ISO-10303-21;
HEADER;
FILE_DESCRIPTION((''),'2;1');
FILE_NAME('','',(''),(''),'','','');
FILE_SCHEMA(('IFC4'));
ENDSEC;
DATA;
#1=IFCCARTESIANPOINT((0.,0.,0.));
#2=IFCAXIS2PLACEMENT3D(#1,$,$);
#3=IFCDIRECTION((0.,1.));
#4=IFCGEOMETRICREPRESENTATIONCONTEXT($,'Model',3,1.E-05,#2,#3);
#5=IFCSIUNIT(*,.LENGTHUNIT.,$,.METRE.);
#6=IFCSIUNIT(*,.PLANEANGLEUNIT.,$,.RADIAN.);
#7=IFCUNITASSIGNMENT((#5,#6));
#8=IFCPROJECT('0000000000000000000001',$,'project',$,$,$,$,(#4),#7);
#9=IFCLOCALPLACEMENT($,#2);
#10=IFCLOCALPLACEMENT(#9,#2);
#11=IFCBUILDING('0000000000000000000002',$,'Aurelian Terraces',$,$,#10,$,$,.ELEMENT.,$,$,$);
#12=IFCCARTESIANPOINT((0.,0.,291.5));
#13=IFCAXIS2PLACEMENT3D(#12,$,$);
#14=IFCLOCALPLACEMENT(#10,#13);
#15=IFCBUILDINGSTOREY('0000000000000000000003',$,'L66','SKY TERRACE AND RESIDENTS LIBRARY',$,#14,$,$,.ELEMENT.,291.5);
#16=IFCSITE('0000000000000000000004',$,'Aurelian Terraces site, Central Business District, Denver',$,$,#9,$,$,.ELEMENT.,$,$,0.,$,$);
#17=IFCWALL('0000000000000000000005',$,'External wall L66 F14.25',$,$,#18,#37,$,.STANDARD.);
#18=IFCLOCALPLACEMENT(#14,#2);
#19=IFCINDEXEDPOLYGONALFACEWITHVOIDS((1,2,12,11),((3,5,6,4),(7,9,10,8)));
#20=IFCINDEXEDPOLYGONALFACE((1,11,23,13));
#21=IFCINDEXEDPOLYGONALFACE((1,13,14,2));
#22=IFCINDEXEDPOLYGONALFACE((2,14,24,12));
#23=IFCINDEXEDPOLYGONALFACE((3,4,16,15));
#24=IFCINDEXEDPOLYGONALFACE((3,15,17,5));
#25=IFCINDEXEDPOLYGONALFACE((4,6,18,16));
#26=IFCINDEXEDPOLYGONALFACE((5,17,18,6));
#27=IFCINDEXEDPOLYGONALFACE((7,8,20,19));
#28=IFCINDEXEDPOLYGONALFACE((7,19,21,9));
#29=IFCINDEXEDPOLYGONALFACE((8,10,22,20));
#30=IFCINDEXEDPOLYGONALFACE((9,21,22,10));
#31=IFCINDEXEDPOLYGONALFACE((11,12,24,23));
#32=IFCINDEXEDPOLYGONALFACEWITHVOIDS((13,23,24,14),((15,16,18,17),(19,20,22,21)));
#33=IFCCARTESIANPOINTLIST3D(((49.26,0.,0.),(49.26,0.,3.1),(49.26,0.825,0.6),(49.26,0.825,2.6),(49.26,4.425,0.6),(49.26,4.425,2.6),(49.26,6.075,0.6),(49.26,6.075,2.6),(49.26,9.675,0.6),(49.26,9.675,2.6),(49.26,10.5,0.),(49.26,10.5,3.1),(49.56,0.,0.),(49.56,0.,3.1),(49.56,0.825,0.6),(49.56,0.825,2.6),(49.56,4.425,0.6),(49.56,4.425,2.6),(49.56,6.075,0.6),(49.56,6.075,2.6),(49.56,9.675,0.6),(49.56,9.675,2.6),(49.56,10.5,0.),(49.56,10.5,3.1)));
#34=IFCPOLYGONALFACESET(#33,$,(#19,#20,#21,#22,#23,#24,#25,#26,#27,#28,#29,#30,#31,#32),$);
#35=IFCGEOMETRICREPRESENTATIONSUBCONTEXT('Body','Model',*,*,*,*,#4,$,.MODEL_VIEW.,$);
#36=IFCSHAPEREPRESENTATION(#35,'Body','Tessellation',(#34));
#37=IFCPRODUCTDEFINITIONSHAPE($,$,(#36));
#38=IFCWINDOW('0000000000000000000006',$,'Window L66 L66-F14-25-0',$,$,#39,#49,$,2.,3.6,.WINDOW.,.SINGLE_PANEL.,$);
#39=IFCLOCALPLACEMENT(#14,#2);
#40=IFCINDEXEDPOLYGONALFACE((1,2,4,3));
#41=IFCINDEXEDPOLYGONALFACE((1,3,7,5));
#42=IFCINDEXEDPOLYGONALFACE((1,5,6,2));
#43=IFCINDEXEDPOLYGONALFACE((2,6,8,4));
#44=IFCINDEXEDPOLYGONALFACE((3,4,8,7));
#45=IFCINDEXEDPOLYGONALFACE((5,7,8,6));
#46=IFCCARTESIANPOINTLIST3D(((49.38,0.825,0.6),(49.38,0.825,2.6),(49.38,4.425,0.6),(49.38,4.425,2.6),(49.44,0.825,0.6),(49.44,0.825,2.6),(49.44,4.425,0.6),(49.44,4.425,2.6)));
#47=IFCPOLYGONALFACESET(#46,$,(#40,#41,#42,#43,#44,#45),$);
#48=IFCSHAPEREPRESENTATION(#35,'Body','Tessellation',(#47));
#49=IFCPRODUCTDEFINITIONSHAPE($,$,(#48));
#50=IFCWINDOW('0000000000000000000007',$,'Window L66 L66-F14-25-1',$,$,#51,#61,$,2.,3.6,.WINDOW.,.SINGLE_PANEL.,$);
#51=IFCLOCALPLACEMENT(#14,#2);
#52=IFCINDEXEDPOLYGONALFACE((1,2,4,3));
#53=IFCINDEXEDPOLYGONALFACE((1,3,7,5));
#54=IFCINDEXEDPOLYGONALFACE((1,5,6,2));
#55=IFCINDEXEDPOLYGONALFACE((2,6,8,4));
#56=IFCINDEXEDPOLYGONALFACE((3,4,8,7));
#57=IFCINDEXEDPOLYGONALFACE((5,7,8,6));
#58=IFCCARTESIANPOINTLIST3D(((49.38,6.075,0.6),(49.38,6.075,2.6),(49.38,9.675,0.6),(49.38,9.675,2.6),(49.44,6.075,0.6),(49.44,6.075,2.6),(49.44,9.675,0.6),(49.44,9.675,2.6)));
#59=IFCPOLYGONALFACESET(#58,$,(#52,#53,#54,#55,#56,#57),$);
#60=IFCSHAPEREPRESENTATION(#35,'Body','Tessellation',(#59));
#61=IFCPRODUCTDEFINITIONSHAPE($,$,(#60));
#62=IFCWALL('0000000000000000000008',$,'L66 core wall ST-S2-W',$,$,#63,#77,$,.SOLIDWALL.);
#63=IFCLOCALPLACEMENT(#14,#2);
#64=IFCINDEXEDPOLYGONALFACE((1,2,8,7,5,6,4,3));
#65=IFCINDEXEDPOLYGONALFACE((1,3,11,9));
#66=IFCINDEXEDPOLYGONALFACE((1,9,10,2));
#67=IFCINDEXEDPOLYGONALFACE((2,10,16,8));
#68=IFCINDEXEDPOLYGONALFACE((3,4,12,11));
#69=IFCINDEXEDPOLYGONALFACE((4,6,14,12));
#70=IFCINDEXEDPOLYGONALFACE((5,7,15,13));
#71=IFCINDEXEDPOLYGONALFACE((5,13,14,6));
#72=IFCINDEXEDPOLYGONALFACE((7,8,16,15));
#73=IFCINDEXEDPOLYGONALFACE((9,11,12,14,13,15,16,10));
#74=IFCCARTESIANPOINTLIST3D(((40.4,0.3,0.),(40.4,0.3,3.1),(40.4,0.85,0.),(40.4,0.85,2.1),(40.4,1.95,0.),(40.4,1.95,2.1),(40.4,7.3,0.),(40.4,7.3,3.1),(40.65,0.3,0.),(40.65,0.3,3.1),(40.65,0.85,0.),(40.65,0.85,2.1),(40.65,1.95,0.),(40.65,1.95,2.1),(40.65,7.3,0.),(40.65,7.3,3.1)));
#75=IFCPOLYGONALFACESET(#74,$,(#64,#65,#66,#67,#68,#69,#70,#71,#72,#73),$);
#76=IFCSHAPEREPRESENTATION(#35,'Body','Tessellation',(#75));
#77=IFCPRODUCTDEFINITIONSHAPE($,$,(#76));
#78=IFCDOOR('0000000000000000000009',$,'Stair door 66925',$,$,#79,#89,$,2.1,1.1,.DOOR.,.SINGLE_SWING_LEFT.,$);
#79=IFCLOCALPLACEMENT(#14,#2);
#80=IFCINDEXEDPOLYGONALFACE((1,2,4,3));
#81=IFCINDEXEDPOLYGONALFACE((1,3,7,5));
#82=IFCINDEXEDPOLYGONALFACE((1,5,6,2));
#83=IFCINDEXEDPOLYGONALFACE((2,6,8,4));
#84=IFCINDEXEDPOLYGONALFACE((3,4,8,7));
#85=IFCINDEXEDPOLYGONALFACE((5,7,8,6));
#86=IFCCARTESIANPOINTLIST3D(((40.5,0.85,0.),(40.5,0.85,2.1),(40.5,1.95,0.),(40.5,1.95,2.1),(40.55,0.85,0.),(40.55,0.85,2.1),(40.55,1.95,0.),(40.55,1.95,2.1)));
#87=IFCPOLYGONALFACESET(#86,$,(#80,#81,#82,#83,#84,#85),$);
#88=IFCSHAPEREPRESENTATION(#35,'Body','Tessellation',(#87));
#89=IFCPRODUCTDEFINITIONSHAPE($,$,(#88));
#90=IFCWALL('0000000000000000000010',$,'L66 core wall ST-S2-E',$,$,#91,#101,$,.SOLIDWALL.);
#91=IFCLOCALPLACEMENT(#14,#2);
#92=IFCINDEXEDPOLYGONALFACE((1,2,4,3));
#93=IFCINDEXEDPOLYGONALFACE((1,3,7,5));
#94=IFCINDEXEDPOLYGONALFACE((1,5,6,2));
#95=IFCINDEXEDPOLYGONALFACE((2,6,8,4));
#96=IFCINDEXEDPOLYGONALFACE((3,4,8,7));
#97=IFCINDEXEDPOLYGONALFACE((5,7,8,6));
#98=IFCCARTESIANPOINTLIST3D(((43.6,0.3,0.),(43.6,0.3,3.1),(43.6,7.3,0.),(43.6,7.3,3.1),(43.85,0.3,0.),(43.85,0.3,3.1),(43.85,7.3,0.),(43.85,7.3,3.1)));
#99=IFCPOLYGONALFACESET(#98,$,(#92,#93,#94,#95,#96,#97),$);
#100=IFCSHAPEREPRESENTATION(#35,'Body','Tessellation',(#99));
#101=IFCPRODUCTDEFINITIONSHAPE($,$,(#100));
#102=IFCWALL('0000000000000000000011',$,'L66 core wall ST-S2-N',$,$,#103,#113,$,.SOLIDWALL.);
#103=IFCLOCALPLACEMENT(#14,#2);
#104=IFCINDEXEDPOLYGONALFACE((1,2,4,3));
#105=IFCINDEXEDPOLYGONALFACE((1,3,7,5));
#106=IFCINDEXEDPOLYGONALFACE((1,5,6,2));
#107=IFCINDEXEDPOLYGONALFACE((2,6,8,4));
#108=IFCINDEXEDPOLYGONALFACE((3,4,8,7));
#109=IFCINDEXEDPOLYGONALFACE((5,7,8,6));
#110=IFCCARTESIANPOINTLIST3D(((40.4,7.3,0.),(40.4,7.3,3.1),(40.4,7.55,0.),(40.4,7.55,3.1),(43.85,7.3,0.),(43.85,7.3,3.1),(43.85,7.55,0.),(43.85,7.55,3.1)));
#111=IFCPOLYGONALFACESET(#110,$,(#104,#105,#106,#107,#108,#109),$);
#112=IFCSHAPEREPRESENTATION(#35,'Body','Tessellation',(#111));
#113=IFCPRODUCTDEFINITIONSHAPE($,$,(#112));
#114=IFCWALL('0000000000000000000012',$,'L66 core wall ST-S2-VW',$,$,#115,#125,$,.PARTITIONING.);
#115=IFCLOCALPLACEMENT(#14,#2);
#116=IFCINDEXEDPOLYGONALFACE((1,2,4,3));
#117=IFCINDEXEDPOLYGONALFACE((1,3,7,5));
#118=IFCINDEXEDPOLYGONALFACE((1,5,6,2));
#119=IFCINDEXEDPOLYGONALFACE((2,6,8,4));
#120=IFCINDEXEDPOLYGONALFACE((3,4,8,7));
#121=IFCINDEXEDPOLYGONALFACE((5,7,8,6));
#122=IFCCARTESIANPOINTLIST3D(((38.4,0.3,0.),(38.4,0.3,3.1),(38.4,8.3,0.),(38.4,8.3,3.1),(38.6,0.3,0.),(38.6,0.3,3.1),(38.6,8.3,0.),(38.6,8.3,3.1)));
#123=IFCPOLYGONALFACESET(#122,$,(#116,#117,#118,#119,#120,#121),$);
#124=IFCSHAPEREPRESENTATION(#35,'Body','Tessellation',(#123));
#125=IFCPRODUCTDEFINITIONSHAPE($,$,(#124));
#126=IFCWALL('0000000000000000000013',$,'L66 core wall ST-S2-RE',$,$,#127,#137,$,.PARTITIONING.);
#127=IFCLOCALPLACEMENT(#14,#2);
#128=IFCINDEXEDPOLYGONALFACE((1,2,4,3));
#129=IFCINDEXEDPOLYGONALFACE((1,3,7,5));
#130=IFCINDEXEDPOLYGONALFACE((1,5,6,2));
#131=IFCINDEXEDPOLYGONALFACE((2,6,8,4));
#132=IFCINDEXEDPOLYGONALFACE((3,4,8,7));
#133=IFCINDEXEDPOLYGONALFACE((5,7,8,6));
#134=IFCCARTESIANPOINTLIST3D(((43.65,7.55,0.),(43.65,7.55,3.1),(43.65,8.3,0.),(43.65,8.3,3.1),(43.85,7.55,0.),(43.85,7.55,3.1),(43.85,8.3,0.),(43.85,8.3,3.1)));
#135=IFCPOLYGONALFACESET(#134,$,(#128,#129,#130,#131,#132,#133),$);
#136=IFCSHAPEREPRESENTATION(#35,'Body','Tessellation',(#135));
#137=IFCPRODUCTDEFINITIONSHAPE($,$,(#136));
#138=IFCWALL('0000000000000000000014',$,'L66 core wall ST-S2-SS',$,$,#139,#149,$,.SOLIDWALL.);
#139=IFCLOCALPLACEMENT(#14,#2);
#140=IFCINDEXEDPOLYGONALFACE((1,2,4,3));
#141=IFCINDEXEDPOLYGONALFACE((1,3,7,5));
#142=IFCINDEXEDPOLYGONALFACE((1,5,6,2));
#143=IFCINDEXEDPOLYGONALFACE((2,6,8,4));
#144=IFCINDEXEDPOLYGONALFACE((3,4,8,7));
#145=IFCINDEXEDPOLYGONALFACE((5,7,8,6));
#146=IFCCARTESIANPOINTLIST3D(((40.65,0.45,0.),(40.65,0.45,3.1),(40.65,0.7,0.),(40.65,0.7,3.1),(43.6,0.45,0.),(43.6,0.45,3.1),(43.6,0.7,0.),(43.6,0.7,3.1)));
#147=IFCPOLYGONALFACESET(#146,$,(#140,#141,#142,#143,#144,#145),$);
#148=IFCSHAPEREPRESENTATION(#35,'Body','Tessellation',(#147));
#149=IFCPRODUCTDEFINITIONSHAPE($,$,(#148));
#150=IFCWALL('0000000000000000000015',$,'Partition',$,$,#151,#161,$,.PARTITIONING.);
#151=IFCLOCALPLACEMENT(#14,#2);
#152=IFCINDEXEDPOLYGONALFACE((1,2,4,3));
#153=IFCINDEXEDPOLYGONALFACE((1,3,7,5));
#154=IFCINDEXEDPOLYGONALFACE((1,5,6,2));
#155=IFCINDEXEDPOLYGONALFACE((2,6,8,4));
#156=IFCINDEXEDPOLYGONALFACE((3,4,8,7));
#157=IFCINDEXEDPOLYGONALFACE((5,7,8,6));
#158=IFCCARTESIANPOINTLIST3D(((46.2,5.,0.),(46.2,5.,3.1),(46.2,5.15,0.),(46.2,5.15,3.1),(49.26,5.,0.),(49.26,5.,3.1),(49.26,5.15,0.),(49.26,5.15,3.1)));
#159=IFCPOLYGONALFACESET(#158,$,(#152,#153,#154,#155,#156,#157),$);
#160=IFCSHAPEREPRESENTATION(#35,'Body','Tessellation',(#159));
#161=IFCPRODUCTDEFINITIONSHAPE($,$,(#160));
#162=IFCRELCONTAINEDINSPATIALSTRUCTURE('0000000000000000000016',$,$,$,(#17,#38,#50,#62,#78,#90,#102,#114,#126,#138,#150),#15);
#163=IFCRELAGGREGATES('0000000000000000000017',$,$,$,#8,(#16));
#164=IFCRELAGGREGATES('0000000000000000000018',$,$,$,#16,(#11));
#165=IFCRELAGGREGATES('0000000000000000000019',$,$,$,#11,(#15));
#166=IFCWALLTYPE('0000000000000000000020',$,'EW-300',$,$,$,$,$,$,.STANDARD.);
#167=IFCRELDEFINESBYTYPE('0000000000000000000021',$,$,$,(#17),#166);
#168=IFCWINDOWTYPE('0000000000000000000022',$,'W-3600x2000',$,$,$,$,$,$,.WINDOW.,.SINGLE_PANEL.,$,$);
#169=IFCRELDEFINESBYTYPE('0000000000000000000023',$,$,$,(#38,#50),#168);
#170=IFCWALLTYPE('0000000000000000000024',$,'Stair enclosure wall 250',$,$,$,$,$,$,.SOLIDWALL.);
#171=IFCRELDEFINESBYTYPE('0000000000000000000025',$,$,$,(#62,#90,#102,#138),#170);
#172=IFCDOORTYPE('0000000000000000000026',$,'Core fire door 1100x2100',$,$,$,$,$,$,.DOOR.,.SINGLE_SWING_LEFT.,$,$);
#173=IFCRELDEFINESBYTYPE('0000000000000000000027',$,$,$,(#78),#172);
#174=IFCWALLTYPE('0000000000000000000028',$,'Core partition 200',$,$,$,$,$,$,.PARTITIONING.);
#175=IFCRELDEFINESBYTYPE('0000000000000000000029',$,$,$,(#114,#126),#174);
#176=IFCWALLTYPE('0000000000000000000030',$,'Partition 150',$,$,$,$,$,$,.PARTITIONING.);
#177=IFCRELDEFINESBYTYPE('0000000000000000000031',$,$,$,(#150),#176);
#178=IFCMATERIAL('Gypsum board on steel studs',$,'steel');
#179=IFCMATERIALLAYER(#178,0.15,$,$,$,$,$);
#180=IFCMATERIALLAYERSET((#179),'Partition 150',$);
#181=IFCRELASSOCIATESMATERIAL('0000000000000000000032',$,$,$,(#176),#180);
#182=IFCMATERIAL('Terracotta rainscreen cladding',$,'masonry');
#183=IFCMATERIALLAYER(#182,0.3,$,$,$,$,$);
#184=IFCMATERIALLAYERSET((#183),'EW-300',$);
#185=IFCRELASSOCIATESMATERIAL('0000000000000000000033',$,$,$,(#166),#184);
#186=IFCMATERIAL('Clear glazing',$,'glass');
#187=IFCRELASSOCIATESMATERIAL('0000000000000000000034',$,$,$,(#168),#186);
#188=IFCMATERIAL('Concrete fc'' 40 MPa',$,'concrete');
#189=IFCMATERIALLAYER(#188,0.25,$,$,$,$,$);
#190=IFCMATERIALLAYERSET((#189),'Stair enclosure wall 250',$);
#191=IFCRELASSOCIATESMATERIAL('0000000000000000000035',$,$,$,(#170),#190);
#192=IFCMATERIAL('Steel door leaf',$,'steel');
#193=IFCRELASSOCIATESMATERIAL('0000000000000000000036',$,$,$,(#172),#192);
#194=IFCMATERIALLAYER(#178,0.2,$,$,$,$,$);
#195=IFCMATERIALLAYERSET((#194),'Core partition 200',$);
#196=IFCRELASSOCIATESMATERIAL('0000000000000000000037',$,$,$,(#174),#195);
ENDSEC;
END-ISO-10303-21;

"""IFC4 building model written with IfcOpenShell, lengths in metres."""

from ifc_helpers import new_model, si_unit, direction, frame, frame_2d, origin, place, context, subcontext, project, spatial, rectangle, extrude, source, transform, mapped, material, layer, layer_set, type_object, element, fill, save


model = new_model("IFC4")

# Units and contexts
model_context = context("Model", 3, precision=1e-05, world=origin(), true_north=direction((0.0, 1.0)))
body_context = subcontext(model_context, "Body", "Model", "MODEL_VIEW")
ifc_project = project(units=[si_unit("LENGTHUNIT", "METRE"), si_unit("PLANEANGLEUNIT", "RADIAN")], contexts=[model_context])

# Site, building, storey
site_placement = place(None, origin())
site = spatial("IfcSite", under=ifc_project, at=site_placement, Name="Aurelian Terraces site, Central Business District, Denver", CompositionType="ELEMENT", RefElevation=0.0)
building_placement = place(site_placement, origin())
building = spatial("IfcBuilding", under=site, at=building_placement, Name="Aurelian Terraces", CompositionType="ELEMENT")
storey_placement = place(building_placement, frame((0.0, 0.0, 291.5)))
storey = spatial("IfcBuildingStorey", under=building, at=storey_placement, Name="L66", Description="SKY TERRACE AND RESIDENTS LIBRARY", CompositionType="ELEMENT", Elevation=291.5)

# Shared definitions
ifc_material_1 = material(Name="Gypsum board on steel studs", Category="steel")

# Shared definitions
ifc_layer_1 = layer(ifc_material_1, 0.15)
ifc_layer_set_1 = layer_set([ifc_layer_1], Name="Partition 150")
wall_type_1 = type_object("IfcWallType", Name="Partition 150", PredefinedType="PARTITIONING", material=ifc_layer_set_1)

# Shared definitions
ifc_material_2 = material(Name="Terracotta rainscreen cladding", Category="masonry")
ifc_layer_2 = layer(ifc_material_2, 0.3)
ifc_layer_set_2 = layer_set([ifc_layer_2], Name="EW-300")
wall_type_2 = type_object("IfcWallType", Name="EW-300", PredefinedType="STANDARD", material=ifc_layer_set_2)
ifc_material_3 = material(Name="Clear glazing", Category="glass")

# Shared definitions
ifc_material_4 = material(Name="Concrete fc' 40 MPa", Category="concrete")

# Wall, openings, windows
shared_shape_1 = source(origin(), body_context, "Body", "SweptSolid", [
    extrude(rectangle(XDim=10.5, YDim=0.3, at=frame_2d((5.25, 0.0))), origin(), (0.0, 0.0, 1.0), 3.1),
])
wall_1_placement = place(storey_placement, frame((49.41, 0.0, 0.0), z_axis=(0.0, 0.0, 1.0), x_axis=(0.0, 1.0, 0.0)))
wall_1 = element("IfcWall", 1, at=wall_1_placement, inside=storey, type_object=wall_type_2, Name="External wall L66 F14.25", PredefinedType="STANDARD", context=body_context, shape_type="MappedRepresentation", body=[
    mapped(shared_shape_1, transform((0.0, 0.0, 0.0), scale=1.0)),
])
shared_shape_2 = source(origin(), body_context, "Body", "SweptSolid", [
    extrude(rectangle(XDim=3.6, YDim=2.0, at=frame_2d((1.8, 1.0))), frame((0.0, 0.16, 0.0), z_axis=(0.0, -1.0, 0.0), x_axis=(1.0, 0.0, 0.0)), (0.0, 0.0, 1.0), 0.32),
])
opening_1_placement = place(wall_1_placement, frame((0.825, 0.0, 0.6)))
opening_1 = element("IfcOpeningElement", 2, at=opening_1_placement, cuts=wall_1, PredefinedType="OPENING", context=body_context, shape_type="MappedRepresentation", body=[
    mapped(shared_shape_2, transform((0.0, 0.0, 0.0), scale=1.0)),
])
opening_2_placement = place(wall_1_placement, frame((6.075, 0.0, 0.6)))
opening_2 = element("IfcOpeningElement", 3, at=opening_2_placement, cuts=wall_1, PredefinedType="OPENING", context=body_context, shape_type="MappedRepresentation", body=[
    mapped(shared_shape_2, transform((0.0, 0.0, 0.0), scale=1.0)),
])
window_type_1 = type_object("IfcWindowType", Name="W-3600x2000", PartitioningType="SINGLE_PANEL", PredefinedType="WINDOW", material=ifc_material_3)
shared_shape_3 = source(origin(), body_context, "Body", "SweptSolid", [
    extrude(rectangle(XDim=3.6, YDim=2.0, at=frame_2d((1.8, 1.0))), frame((0.0, 0.03, 0.0), z_axis=(0.0, -1.0, 0.0), x_axis=(1.0, 0.0, 0.0)), (0.0, 0.0, 1.0), 0.06),
])
window_1_placement = place(opening_1_placement, origin())
window_1 = element("IfcWindow", 4, at=window_1_placement, inside=storey, type_object=window_type_1, Name="Window L66 L66-F14-25-0", OverallHeight=2.0, OverallWidth=3.6, PartitioningType="SINGLE_PANEL", PredefinedType="WINDOW", context=body_context, shape_type="MappedRepresentation", body=[
    mapped(shared_shape_3, transform((0.0, 0.0, 0.0), scale=1.0)),
])
fill(opening_1, window_1)
window_2_placement = place(opening_2_placement, origin())
window_2 = element("IfcWindow", 5, at=window_2_placement, inside=storey, type_object=window_type_1, Name="Window L66 L66-F14-25-1", OverallHeight=2.0, OverallWidth=3.6, PartitioningType="SINGLE_PANEL", PredefinedType="WINDOW", context=body_context, shape_type="MappedRepresentation", body=[
    mapped(shared_shape_3, transform((0.0, 0.0, 0.0), scale=1.0)),
])
fill(opening_2, window_2)

# Wall, opening, door
ifc_layer_3 = layer(ifc_material_4, 0.25)
ifc_layer_set_3 = layer_set([ifc_layer_3], Name="Stair enclosure wall 250")
wall_type_3 = type_object("IfcWallType", Name="Stair enclosure wall 250", PredefinedType="SOLIDWALL", material=ifc_layer_set_3)
shared_shape_4 = source(origin(), body_context, "Body", "SweptSolid", [
    extrude(rectangle(XDim=7.0, YDim=0.25, at=frame_2d((3.5, 0.0))), origin(), (0.0, 0.0, 1.0), 3.1),
])
wall_2_placement = place(storey_placement, frame((40.525, 0.3, 0.0), z_axis=(0.0, 0.0, 1.0), x_axis=(0.0, 1.0, 0.0)))
wall_2 = element("IfcWall", 6, at=wall_2_placement, inside=storey, type_object=wall_type_3, Name="L66 core wall ST-S2-W", PredefinedType="SOLIDWALL", context=body_context, shape_type="MappedRepresentation", body=[
    mapped(shared_shape_4, transform((0.0, 0.0, 0.0), scale=1.0)),
])
shared_shape_5 = source(origin(), body_context, "Body", "SweptSolid", [
    extrude(rectangle(XDim=1.1, YDim=2.1, at=frame_2d((0.55, 1.05))), frame((0.0, 0.135, 0.0), z_axis=(0.0, -1.0, 0.0), x_axis=(1.0, 0.0, 0.0)), (0.0, 0.0, 1.0), 0.27),
])
opening_3_placement = place(wall_2_placement, frame((0.55, 0.0, 0.0)))
opening_3 = element("IfcOpeningElement", 7, at=opening_3_placement, cuts=wall_2, PredefinedType="OPENING", context=body_context, shape_type="MappedRepresentation", body=[
    mapped(shared_shape_5, transform((0.0, 0.0, 0.0), scale=1.0)),
])
ifc_material_5 = material(Name="Steel door leaf", Category="steel")
door_type_1 = type_object("IfcDoorType", Name="Core fire door 1100x2100", OperationType="SINGLE_SWING_LEFT", PredefinedType="DOOR", material=ifc_material_5)
shared_shape_6 = source(origin(), body_context, "Body", "SweptSolid", [
    extrude(rectangle(XDim=1.1, YDim=2.1, at=frame_2d((0.55, 1.05))), frame((0.0, 0.025, 0.0), z_axis=(0.0, -1.0, 0.0), x_axis=(1.0, 0.0, 0.0)), (0.0, 0.0, 1.0), 0.05),
])
door_1_placement = place(opening_3_placement, origin())
door_1 = element("IfcDoor", 8, at=door_1_placement, inside=storey, type_object=door_type_1, Name="Stair door 66925", OperationType="SINGLE_SWING_LEFT", OverallHeight=2.1, OverallWidth=1.1, PredefinedType="DOOR", context=body_context, shape_type="MappedRepresentation", body=[
    mapped(shared_shape_6, transform((0.0, 0.0, 0.0), scale=1.0)),
])
fill(opening_3, door_1)

# Walls
wall_3_placement = place(storey_placement, frame((43.725, 0.3, 0.0), z_axis=(0.0, 0.0, 1.0), x_axis=(0.0, 1.0, 0.0)))
element("IfcWall", 9, at=wall_3_placement, inside=storey, type_object=wall_type_3, Name="L66 core wall ST-S2-E", PredefinedType="SOLIDWALL", context=body_context, shape_type="MappedRepresentation", body=[
    mapped(shared_shape_4, transform((0.0, 0.0, 0.0), scale=1.0)),
])
shared_shape_7 = source(origin(), body_context, "Body", "SweptSolid", [
    extrude(rectangle(XDim=3.45, YDim=0.25, at=frame_2d((1.725, 0.0))), origin(), (0.0, 0.0, 1.0), 3.1),
])
wall_4_placement = place(storey_placement, frame((40.4, 7.425, 0.0), z_axis=(0.0, 0.0, 1.0), x_axis=(1.0, 0.0, 0.0)))
element("IfcWall", 10, at=wall_4_placement, inside=storey, type_object=wall_type_3, Name="L66 core wall ST-S2-N", PredefinedType="SOLIDWALL", context=body_context, shape_type="MappedRepresentation", body=[
    mapped(shared_shape_7, transform((0.0, 0.0, 0.0), scale=1.0)),
])
ifc_layer_4 = layer(ifc_material_1, 0.2)
ifc_layer_set_4 = layer_set([ifc_layer_4], Name="Core partition 200")
wall_type_4 = type_object("IfcWallType", Name="Core partition 200", PredefinedType="PARTITIONING", material=ifc_layer_set_4)
shared_shape_8 = source(origin(), body_context, "Body", "SweptSolid", [
    extrude(rectangle(XDim=8.0, YDim=0.2, at=frame_2d((4.0, 0.0))), origin(), (0.0, 0.0, 1.0), 3.1),
])
wall_5_placement = place(storey_placement, frame((38.5, 0.3, 0.0), z_axis=(0.0, 0.0, 1.0), x_axis=(0.0, 1.0, 0.0)))
element("IfcWall", 11, at=wall_5_placement, inside=storey, type_object=wall_type_4, Name="L66 core wall ST-S2-VW", PredefinedType="PARTITIONING", context=body_context, shape_type="MappedRepresentation", body=[
    mapped(shared_shape_8, transform((0.0, 0.0, 0.0), scale=1.0)),
])
shared_shape_9 = source(origin(), body_context, "Body", "SweptSolid", [
    extrude(rectangle(XDim=0.75, YDim=0.2, at=frame_2d((0.375, 0.0))), origin(), (0.0, 0.0, 1.0), 3.1),
])
wall_6_placement = place(storey_placement, frame((43.75, 7.55, 0.0), z_axis=(0.0, 0.0, 1.0), x_axis=(0.0, 1.0, 0.0)))
element("IfcWall", 12, at=wall_6_placement, inside=storey, type_object=wall_type_4, Name="L66 core wall ST-S2-RE", PredefinedType="PARTITIONING", context=body_context, shape_type="MappedRepresentation", body=[
    mapped(shared_shape_9, transform((0.0, 0.0, 0.0), scale=1.0)),
])
shared_shape_10 = source(origin(), body_context, "Body", "SweptSolid", [
    extrude(rectangle(XDim=2.95, YDim=0.25, at=frame_2d((1.475, 0.0))), origin(), (0.0, 0.0, 1.0), 3.1),
])
wall_7_placement = place(storey_placement, frame((40.65, 0.575, 0.0), z_axis=(0.0, 0.0, 1.0), x_axis=(1.0, 0.0, 0.0)))
element("IfcWall", 13, at=wall_7_placement, inside=storey, type_object=wall_type_3, Name="L66 core wall ST-S2-SS", PredefinedType="SOLIDWALL", context=body_context, shape_type="MappedRepresentation", body=[
    mapped(shared_shape_10, transform((0.0, 0.0, 0.0), scale=1.0)),
])
shared_shape_11 = source(origin(), body_context, "Body", "SweptSolid", [
    extrude(rectangle(XDim=3.06, YDim=0.15, at=frame_2d((1.53, 0.0))), origin(), (0.0, 0.0, 1.0), 3.1),
])
wall_8_placement = place(storey_placement, frame((49.26, 5.075, 0.0), z_axis=(0.0, 0.0, 1.0), x_axis=(-1.0, 0.0, 0.0)))
element("IfcWall", 14, at=wall_8_placement, inside=storey, type_object=wall_type_1, Name="Partition", PredefinedType="PARTITIONING", context=body_context, shape_type="MappedRepresentation", body=[
    mapped(shared_shape_11, transform((0.0, 0.0, 0.0), scale=1.0)),
])

save(model, "model.ifc")
